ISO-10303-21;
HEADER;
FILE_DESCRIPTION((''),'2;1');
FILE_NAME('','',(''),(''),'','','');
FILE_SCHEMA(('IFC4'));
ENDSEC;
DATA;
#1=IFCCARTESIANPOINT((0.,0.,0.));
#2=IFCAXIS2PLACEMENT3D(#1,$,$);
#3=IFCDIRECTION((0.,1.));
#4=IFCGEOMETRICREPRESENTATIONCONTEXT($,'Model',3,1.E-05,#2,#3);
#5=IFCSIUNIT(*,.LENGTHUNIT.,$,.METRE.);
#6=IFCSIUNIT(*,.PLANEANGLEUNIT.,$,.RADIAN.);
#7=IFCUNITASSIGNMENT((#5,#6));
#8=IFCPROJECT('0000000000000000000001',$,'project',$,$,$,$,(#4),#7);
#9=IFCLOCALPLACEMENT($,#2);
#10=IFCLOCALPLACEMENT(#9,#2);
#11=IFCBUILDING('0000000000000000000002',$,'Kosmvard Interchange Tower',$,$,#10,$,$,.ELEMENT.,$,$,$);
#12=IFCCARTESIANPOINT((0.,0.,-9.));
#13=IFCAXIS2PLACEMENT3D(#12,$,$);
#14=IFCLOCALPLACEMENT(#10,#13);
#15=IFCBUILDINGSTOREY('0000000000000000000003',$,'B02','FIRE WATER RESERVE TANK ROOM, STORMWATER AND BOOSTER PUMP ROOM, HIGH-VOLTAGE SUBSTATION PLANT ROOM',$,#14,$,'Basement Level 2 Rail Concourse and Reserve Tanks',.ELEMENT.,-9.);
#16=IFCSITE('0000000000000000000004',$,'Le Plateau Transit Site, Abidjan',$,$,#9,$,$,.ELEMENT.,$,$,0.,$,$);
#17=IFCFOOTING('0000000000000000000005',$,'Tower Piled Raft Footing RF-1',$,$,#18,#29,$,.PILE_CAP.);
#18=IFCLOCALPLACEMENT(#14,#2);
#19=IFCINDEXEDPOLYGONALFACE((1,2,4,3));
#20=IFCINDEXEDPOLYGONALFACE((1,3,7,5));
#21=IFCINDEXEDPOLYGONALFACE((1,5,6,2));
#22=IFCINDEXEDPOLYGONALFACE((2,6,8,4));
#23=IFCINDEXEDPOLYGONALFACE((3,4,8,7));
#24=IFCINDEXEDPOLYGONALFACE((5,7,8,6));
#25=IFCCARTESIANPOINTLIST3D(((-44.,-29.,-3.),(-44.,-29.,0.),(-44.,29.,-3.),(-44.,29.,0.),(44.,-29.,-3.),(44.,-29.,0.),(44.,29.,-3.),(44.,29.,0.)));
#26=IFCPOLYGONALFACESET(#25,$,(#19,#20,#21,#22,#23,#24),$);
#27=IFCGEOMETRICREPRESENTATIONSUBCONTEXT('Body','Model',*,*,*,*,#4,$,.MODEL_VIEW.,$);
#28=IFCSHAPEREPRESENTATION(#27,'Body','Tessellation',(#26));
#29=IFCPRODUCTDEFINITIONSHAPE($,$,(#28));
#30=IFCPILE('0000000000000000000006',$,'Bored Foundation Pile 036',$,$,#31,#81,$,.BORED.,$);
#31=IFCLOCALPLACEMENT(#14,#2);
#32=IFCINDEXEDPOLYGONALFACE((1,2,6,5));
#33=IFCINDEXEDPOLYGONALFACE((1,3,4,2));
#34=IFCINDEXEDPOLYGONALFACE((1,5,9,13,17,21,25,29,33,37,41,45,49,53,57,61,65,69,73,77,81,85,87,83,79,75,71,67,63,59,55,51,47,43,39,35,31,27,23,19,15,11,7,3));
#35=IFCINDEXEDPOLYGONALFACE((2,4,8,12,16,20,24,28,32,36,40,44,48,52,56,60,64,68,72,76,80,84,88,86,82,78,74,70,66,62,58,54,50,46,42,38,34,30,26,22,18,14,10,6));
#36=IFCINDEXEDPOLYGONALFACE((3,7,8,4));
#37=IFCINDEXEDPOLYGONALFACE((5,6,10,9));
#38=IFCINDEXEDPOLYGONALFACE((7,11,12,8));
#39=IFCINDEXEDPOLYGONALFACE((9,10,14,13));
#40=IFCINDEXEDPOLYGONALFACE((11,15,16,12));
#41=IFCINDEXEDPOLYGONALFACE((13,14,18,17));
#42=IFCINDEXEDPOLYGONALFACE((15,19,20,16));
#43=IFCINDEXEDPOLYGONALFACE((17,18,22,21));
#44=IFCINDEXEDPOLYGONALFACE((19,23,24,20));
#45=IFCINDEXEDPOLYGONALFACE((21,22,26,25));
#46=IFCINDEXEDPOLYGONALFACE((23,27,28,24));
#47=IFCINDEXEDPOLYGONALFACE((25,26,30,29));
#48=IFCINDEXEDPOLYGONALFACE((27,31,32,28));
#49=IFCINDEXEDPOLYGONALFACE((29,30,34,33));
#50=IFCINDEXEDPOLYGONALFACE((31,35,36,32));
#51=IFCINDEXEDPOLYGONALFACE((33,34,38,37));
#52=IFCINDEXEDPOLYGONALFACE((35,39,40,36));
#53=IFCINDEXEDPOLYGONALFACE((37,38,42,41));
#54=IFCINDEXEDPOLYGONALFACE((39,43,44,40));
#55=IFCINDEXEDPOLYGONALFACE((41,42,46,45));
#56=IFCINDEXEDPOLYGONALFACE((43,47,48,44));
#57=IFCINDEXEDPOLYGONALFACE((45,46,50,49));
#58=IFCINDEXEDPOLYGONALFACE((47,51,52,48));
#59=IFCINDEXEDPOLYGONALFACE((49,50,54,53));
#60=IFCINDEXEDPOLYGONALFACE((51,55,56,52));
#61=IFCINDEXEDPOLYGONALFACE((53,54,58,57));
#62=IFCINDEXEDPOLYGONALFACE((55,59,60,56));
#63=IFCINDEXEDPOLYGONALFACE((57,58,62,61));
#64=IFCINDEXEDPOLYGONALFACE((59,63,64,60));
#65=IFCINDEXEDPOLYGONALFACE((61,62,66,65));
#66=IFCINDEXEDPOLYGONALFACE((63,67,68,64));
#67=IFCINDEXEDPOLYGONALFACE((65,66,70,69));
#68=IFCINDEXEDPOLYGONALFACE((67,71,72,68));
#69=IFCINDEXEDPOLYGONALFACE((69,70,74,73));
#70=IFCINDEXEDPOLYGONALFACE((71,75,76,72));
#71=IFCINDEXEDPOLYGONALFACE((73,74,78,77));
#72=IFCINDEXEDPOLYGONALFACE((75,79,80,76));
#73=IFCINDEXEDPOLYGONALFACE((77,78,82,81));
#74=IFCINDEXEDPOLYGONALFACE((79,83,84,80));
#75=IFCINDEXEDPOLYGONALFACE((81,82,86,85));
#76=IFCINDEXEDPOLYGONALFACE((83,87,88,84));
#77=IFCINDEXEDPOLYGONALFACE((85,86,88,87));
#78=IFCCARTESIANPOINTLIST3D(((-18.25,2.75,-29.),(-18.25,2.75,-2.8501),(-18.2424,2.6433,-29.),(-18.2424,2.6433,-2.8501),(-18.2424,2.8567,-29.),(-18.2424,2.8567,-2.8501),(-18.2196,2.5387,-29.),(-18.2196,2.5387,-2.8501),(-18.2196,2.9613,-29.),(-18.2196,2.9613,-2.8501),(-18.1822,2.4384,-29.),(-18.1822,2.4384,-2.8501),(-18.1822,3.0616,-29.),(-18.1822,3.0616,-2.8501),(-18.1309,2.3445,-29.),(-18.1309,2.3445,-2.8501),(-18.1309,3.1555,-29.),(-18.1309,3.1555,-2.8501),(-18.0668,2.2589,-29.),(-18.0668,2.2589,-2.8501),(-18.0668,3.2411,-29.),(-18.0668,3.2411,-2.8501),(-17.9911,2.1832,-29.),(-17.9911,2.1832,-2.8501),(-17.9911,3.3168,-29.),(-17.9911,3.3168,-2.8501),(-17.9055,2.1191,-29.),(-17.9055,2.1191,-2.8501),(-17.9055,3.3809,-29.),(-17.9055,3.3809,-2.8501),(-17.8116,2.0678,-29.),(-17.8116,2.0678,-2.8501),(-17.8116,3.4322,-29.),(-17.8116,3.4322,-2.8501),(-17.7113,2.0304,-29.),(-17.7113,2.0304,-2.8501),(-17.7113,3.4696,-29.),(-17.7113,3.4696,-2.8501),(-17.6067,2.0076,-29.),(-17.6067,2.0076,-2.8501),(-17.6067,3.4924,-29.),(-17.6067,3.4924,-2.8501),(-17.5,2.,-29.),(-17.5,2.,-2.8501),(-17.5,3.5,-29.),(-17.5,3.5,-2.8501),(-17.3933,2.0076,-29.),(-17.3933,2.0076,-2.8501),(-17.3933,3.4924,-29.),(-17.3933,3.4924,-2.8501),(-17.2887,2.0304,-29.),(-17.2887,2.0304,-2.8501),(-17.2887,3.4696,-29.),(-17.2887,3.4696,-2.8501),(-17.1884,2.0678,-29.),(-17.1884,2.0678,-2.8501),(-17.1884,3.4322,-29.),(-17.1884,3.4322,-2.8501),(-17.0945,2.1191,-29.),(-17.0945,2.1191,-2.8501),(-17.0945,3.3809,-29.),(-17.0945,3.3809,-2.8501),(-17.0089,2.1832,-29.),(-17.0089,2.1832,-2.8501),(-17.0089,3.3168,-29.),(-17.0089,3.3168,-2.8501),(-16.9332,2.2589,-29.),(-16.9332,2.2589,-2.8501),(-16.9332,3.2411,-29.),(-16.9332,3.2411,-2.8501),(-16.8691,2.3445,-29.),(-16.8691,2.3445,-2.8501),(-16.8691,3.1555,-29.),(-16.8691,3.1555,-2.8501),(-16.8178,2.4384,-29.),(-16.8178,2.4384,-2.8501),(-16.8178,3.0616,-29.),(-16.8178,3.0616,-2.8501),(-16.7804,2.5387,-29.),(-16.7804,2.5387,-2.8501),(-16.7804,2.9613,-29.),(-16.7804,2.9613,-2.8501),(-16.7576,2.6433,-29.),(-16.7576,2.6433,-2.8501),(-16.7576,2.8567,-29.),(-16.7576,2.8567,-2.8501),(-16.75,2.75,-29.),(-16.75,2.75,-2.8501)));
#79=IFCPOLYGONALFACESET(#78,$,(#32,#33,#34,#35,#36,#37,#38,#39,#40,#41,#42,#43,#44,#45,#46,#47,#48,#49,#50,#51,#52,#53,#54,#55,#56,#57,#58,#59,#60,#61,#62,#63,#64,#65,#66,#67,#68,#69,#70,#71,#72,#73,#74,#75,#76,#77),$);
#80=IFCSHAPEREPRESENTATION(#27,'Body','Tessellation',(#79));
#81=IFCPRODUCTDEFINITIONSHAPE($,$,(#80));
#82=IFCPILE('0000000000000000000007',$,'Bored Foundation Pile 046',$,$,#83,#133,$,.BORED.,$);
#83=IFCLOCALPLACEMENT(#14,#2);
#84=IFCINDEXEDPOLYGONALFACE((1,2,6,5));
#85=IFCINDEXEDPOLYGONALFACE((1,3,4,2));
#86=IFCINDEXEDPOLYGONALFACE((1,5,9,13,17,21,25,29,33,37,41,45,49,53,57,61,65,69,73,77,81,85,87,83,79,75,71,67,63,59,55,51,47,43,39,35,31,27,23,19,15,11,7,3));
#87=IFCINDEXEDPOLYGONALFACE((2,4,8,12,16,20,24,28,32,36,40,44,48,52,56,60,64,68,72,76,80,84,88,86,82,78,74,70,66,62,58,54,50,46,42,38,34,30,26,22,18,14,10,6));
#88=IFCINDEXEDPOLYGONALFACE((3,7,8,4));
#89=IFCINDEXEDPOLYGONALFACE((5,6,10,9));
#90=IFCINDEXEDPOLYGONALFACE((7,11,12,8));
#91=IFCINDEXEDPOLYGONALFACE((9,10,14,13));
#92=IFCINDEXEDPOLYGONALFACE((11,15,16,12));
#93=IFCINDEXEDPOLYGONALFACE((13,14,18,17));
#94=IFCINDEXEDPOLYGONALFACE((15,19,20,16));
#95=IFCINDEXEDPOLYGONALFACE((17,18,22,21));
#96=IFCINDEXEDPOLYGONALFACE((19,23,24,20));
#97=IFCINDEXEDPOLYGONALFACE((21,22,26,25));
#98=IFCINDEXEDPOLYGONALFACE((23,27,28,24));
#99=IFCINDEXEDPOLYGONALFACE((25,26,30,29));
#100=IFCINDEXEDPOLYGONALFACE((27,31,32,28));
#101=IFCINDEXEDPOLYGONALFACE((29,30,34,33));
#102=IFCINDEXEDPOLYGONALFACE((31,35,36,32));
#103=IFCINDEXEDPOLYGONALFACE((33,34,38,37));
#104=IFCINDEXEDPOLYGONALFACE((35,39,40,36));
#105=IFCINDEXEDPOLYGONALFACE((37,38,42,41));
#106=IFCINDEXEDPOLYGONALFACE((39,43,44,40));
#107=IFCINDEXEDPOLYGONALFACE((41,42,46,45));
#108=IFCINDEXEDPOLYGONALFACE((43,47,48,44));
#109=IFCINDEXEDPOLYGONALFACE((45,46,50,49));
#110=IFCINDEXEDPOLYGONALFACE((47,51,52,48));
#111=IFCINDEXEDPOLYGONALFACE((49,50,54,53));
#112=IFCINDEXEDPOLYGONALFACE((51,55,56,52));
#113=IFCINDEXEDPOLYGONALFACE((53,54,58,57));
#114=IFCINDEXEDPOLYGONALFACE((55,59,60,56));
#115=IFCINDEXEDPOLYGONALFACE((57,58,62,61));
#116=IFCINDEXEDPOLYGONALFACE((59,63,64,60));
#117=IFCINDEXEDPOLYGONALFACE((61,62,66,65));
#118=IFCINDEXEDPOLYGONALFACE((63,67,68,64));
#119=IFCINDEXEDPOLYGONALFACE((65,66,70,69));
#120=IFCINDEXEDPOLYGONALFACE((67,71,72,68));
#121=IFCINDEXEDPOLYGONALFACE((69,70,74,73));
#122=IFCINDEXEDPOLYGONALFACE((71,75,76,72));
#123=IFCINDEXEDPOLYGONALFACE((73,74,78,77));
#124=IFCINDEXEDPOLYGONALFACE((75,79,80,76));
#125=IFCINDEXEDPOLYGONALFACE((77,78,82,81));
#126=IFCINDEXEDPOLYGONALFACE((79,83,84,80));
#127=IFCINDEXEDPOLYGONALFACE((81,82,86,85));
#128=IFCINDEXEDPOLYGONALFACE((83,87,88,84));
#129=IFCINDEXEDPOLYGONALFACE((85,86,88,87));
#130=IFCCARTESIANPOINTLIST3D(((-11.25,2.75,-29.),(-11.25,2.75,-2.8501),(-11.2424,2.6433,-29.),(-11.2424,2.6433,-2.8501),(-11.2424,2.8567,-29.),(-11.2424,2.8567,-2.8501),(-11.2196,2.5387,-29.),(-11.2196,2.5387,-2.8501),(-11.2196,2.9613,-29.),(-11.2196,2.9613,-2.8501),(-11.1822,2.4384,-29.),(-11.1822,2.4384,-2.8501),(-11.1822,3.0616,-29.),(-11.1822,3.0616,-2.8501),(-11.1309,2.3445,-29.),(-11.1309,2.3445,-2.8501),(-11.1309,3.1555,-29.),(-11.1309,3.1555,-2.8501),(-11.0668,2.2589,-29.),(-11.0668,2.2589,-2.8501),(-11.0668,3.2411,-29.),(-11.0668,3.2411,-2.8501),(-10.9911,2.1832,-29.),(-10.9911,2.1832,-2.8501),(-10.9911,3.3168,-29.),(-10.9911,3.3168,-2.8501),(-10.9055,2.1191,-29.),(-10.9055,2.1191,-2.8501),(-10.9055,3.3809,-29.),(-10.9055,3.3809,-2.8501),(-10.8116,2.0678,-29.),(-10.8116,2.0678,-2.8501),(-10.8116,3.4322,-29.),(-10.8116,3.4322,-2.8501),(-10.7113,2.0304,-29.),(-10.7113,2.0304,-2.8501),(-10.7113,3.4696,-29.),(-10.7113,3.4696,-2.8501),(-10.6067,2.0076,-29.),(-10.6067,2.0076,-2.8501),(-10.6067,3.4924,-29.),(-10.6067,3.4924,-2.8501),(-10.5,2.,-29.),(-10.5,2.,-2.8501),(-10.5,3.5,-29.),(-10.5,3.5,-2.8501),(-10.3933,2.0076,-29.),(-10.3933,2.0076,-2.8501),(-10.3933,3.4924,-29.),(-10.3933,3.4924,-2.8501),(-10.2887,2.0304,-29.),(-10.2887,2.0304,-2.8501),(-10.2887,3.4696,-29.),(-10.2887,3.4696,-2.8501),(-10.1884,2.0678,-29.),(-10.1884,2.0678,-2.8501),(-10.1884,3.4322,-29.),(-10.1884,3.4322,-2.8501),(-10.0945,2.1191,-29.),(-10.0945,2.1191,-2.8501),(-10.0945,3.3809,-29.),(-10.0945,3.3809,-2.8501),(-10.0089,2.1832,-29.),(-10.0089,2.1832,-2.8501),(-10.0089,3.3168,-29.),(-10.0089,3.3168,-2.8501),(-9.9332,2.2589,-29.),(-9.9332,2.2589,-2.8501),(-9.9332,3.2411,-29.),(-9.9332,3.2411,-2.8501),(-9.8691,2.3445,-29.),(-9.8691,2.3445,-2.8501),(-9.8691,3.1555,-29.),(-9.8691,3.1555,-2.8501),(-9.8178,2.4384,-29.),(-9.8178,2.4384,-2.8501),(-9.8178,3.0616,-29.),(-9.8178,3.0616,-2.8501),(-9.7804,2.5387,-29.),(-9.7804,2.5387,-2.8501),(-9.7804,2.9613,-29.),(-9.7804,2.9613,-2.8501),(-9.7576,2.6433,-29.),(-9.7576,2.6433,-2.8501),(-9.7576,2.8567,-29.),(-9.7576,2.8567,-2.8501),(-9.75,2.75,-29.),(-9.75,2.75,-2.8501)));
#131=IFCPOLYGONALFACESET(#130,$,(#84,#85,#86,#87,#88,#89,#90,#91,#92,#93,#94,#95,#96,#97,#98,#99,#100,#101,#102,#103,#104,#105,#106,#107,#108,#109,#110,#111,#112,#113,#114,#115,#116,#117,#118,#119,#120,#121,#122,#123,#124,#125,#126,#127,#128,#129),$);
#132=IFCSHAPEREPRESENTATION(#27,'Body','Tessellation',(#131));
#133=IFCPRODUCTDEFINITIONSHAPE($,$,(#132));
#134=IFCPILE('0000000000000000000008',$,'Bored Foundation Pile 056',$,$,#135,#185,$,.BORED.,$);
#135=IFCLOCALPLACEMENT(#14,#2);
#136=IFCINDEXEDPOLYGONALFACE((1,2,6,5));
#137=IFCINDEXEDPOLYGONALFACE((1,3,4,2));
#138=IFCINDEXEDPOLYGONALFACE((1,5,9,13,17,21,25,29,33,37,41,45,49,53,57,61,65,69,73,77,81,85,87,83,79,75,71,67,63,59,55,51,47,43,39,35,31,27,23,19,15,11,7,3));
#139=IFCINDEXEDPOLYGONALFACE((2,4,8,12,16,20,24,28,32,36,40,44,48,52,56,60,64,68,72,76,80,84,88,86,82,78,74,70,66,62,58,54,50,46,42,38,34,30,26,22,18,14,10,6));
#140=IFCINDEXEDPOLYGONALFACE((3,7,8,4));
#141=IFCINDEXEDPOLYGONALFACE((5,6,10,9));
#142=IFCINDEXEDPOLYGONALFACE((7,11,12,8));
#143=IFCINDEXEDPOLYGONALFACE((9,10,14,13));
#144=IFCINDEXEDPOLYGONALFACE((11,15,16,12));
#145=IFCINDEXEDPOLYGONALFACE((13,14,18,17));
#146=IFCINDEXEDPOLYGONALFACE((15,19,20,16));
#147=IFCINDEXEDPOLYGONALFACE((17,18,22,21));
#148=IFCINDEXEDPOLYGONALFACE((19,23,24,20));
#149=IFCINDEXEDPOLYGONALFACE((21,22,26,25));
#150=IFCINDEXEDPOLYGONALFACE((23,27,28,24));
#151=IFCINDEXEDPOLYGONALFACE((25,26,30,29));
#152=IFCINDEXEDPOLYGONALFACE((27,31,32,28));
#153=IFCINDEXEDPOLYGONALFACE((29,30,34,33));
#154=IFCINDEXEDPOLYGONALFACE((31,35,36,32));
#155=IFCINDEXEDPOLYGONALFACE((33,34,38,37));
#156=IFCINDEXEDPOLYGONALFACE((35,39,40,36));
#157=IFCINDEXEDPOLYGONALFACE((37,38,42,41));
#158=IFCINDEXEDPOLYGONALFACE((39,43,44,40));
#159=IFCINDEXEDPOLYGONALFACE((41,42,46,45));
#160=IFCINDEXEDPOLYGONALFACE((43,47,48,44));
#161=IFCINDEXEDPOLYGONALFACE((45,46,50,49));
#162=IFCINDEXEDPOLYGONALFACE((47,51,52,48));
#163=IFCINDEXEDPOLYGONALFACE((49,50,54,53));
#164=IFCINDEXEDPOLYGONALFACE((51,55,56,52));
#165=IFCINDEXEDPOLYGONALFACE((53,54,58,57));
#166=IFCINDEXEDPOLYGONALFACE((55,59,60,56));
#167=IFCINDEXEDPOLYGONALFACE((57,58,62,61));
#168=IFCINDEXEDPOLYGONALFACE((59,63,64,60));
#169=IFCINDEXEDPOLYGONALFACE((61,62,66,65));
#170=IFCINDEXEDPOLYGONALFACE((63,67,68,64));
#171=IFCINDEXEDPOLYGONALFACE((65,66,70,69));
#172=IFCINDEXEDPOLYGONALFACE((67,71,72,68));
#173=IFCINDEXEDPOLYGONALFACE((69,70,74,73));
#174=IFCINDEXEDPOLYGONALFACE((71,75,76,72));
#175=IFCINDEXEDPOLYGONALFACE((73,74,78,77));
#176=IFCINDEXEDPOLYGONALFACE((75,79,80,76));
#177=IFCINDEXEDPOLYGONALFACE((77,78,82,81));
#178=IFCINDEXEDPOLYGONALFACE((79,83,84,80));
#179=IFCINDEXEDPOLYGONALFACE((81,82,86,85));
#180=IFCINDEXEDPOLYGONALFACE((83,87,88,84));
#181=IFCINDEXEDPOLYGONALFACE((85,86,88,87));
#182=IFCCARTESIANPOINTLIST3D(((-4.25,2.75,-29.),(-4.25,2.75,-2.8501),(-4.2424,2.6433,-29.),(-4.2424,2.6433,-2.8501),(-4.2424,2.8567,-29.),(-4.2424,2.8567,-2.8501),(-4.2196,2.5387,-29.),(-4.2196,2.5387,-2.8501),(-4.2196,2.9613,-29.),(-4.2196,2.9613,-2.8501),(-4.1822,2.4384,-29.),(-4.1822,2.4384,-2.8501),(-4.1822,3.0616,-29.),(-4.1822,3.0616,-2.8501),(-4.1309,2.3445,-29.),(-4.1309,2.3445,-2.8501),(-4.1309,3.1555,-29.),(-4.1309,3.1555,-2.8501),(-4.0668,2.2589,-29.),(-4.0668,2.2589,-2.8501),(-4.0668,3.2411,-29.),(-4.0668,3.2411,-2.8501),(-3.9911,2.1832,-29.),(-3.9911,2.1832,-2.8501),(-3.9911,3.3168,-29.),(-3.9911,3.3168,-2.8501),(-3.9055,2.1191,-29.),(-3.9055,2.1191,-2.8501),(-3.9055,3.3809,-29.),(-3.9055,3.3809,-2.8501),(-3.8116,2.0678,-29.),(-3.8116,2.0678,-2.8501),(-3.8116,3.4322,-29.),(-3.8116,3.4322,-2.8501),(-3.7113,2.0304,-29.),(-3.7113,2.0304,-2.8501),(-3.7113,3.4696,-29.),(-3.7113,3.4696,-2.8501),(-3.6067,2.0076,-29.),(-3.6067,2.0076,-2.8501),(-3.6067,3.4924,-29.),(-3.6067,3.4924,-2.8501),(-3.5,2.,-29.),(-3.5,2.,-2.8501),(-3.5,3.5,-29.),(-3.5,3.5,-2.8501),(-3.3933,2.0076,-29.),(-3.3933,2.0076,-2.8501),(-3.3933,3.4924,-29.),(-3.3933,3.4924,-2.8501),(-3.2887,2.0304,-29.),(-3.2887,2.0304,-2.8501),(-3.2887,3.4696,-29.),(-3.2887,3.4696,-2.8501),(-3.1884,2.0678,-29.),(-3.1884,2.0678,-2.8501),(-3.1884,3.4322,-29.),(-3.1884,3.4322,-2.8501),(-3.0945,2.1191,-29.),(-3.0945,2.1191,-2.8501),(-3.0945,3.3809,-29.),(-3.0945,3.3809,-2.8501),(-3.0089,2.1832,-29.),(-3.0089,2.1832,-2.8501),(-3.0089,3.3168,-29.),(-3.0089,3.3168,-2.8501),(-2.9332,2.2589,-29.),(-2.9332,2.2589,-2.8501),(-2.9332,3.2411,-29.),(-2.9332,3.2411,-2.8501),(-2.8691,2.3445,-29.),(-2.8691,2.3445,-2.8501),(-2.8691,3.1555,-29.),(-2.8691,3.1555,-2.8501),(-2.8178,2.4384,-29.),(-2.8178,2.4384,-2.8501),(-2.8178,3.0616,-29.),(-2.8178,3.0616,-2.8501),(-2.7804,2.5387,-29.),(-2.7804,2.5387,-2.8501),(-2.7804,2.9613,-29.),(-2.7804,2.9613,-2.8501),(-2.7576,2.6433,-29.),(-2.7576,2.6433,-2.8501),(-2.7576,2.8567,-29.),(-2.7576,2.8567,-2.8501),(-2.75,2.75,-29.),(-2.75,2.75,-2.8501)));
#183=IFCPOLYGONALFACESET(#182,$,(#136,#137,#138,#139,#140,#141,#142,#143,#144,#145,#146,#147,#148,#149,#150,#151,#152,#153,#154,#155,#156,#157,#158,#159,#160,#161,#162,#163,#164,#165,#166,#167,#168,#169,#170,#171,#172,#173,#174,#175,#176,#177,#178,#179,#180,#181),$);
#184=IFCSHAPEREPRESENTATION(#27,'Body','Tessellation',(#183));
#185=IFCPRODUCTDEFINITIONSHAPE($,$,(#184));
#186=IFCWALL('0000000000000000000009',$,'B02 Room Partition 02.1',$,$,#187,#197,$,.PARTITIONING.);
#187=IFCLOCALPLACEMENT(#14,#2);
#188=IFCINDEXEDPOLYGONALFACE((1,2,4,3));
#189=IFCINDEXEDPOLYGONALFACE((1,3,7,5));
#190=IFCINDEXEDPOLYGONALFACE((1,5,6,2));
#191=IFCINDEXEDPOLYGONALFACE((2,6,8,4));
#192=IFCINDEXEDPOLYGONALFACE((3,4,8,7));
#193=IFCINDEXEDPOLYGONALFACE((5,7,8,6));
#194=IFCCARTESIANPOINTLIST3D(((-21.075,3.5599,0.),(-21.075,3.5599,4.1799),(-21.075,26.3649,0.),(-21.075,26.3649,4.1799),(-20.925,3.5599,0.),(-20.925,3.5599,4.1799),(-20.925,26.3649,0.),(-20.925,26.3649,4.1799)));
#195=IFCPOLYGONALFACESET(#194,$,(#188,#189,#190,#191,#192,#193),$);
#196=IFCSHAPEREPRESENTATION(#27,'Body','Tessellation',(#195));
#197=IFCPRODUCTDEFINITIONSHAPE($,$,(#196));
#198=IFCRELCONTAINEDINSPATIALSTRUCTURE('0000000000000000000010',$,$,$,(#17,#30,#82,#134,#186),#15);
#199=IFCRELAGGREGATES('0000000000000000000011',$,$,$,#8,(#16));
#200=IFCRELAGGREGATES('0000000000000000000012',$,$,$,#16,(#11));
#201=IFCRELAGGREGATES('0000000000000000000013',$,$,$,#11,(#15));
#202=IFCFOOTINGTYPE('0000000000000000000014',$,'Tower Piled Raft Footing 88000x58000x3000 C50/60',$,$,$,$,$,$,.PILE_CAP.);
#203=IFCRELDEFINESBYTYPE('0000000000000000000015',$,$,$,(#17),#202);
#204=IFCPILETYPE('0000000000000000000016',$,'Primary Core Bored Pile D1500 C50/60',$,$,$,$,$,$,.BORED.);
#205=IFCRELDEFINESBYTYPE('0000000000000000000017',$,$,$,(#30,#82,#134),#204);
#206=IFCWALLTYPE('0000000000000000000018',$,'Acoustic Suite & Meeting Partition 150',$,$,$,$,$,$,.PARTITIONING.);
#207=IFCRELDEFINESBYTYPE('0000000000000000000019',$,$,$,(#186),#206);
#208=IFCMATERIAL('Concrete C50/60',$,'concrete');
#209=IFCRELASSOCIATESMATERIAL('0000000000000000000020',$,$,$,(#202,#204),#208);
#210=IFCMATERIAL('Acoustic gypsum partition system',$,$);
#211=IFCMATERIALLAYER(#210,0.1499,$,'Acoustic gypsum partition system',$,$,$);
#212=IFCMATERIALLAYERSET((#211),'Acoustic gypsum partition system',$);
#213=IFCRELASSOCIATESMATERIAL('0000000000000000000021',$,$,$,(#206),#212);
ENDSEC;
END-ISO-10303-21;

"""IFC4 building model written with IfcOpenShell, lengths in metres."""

from ifc_helpers import new_model, si_unit, direction, frame, frame_2d, origin, origin_2d, place, context, subcontext, project, spatial, rectangle, circle, extrude, source, transform, mapped, material, layer, layer_set, material_profile, profile_set, type_object, element, save


model = new_model("IFC4")

# Units and contexts
model_context = context("Model", 3, precision=1e-05, world=origin(), true_north=direction((0.0, 1.0)))
body_context = subcontext(model_context, "Body", "Model", "MODEL_VIEW")
ifc_project = project(units=[si_unit("LENGTHUNIT", "METRE"), si_unit("PLANEANGLEUNIT", "RADIAN")], contexts=[model_context])

# Site, building, storey
site_placement = place(None, origin())
site = spatial("IfcSite", under=ifc_project, at=site_placement, Name="Le Plateau Transit Site, Abidjan", CompositionType="ELEMENT", RefElevation=0.0)
building_placement = place(site_placement, origin())
building = spatial("IfcBuilding", under=site, at=building_placement, Name="Kosmvard Interchange Tower", CompositionType="ELEMENT")
storey_placement = place(building_placement, frame((0.0, 0.0, -9.0)))
storey = spatial("IfcBuildingStorey", under=building, at=storey_placement, Name="B02", Description="FIRE WATER RESERVE TANK ROOM, STORMWATER AND BOOSTER PUMP ROOM, HIGH-VOLTAGE SUBSTATION PLANT ROOM", LongName="Basement Level 2 Rail Concourse and Reserve Tanks", CompositionType="ELEMENT", Elevation=-9.0)

# Footing
ifc_material_1 = material(Name="Concrete C50/60", Category="concrete")
footing_type = type_object("IfcFootingType", Name="Tower Piled Raft Footing 88000x58000x3000 C50/60", PredefinedType="PILE_CAP", material=ifc_material_1)
shared_shape_1 = source(origin(), body_context, "Body", "SweptSolid", [
    extrude(rectangle(XDim=88.0, YDim=58.0, at=origin_2d()), origin(), (0.0, 0.0, 1.0), 3.0),
])
footing_placement = place(storey_placement, frame((0.0, 0.0, -3.0), z_axis=(0.0, 0.0, 1.0), x_axis=(1.0, 0.0, 0.0)))
element("IfcFooting", 1, at=footing_placement, inside=storey, type_object=footing_type, Name="Tower Piled Raft Footing RF-1", PredefinedType="PILE_CAP", context=body_context, shape_type="MappedRepresentation", body=[
    mapped(shared_shape_1, transform((0.0, 0.0, 0.0), scale=1.0)),
])

# Piles
ifc_material_profile = material_profile(ifc_material_1, circle(Radius=0.75, at=origin_2d()), Name="PILE D1500")
ifc_profile_set = profile_set([ifc_material_profile], Name="Concrete C50/60")
pile_type = type_object("IfcPileType", Name="Primary Core Bored Pile D1500 C50/60", PredefinedType="BORED", material=ifc_profile_set)
shared_shape_2 = source(origin(), body_context, "Body", "SweptSolid", [
    extrude(circle(Radius=0.75, at=origin_2d()), origin(), (0.0, 0.0, 1.0), 26.1499),
])
for number, where, z_axis, x_axis, name in (
    (2, (-17.5, 2.75, -2.8501), (0.0, 0.0, -1.0), (1.0, 0.0, 0.0), "Bored Foundation Pile 036"),
    (3, (-10.5, 2.75, -2.8501), (0.0, 0.0, -1.0), (1.0, 0.0, 0.0), "Bored Foundation Pile 046"),
    (4, (-3.5, 2.75, -2.8501), (0.0, 0.0, -1.0), (1.0, 0.0, 0.0), "Bored Foundation Pile 056"),
):
    element("IfcPile", number, at=place(storey_placement, frame(where, z_axis=z_axis, x_axis=x_axis)), inside=storey, type_object=pile_type, Name=name, PredefinedType="BORED", context=body_context, shape_type="MappedRepresentation", body=[
        mapped(shared_shape_2, transform((0.0, 0.0, 0.0), scale=1.0)),
    ])

# Wall
ifc_material_2 = material(Name="Acoustic gypsum partition system")
ifc_layer_1 = layer(ifc_material_2, 0.1499, Name="Acoustic gypsum partition system")
ifc_layer_set_1 = layer_set([ifc_layer_1], Name="Acoustic gypsum partition system")
wall_type_1 = type_object("IfcWallType", Name="Acoustic Suite & Meeting Partition 150", PredefinedType="PARTITIONING", material=ifc_layer_set_1)
wall_1_placement = place(storey_placement, frame((-21.0, 3.5601, 0.0), z_axis=(0.0, 0.0, 1.0), x_axis=(0.0, 1.0, 0.0)))
element("IfcWall", 5, at=wall_1_placement, inside=storey, type_object=wall_type_1, Name="B02 Room Partition 02.1", PredefinedType="PARTITIONING", context=body_context, shape_type="SweptSolid", body=[
    extrude(rectangle(XDim=22.8049, YDim=0.1499, at=frame_2d((11.4023, 0.0))), origin(), (0.0, 0.0, 1.0), 4.1799),
])

save(model, "model.ifc")
